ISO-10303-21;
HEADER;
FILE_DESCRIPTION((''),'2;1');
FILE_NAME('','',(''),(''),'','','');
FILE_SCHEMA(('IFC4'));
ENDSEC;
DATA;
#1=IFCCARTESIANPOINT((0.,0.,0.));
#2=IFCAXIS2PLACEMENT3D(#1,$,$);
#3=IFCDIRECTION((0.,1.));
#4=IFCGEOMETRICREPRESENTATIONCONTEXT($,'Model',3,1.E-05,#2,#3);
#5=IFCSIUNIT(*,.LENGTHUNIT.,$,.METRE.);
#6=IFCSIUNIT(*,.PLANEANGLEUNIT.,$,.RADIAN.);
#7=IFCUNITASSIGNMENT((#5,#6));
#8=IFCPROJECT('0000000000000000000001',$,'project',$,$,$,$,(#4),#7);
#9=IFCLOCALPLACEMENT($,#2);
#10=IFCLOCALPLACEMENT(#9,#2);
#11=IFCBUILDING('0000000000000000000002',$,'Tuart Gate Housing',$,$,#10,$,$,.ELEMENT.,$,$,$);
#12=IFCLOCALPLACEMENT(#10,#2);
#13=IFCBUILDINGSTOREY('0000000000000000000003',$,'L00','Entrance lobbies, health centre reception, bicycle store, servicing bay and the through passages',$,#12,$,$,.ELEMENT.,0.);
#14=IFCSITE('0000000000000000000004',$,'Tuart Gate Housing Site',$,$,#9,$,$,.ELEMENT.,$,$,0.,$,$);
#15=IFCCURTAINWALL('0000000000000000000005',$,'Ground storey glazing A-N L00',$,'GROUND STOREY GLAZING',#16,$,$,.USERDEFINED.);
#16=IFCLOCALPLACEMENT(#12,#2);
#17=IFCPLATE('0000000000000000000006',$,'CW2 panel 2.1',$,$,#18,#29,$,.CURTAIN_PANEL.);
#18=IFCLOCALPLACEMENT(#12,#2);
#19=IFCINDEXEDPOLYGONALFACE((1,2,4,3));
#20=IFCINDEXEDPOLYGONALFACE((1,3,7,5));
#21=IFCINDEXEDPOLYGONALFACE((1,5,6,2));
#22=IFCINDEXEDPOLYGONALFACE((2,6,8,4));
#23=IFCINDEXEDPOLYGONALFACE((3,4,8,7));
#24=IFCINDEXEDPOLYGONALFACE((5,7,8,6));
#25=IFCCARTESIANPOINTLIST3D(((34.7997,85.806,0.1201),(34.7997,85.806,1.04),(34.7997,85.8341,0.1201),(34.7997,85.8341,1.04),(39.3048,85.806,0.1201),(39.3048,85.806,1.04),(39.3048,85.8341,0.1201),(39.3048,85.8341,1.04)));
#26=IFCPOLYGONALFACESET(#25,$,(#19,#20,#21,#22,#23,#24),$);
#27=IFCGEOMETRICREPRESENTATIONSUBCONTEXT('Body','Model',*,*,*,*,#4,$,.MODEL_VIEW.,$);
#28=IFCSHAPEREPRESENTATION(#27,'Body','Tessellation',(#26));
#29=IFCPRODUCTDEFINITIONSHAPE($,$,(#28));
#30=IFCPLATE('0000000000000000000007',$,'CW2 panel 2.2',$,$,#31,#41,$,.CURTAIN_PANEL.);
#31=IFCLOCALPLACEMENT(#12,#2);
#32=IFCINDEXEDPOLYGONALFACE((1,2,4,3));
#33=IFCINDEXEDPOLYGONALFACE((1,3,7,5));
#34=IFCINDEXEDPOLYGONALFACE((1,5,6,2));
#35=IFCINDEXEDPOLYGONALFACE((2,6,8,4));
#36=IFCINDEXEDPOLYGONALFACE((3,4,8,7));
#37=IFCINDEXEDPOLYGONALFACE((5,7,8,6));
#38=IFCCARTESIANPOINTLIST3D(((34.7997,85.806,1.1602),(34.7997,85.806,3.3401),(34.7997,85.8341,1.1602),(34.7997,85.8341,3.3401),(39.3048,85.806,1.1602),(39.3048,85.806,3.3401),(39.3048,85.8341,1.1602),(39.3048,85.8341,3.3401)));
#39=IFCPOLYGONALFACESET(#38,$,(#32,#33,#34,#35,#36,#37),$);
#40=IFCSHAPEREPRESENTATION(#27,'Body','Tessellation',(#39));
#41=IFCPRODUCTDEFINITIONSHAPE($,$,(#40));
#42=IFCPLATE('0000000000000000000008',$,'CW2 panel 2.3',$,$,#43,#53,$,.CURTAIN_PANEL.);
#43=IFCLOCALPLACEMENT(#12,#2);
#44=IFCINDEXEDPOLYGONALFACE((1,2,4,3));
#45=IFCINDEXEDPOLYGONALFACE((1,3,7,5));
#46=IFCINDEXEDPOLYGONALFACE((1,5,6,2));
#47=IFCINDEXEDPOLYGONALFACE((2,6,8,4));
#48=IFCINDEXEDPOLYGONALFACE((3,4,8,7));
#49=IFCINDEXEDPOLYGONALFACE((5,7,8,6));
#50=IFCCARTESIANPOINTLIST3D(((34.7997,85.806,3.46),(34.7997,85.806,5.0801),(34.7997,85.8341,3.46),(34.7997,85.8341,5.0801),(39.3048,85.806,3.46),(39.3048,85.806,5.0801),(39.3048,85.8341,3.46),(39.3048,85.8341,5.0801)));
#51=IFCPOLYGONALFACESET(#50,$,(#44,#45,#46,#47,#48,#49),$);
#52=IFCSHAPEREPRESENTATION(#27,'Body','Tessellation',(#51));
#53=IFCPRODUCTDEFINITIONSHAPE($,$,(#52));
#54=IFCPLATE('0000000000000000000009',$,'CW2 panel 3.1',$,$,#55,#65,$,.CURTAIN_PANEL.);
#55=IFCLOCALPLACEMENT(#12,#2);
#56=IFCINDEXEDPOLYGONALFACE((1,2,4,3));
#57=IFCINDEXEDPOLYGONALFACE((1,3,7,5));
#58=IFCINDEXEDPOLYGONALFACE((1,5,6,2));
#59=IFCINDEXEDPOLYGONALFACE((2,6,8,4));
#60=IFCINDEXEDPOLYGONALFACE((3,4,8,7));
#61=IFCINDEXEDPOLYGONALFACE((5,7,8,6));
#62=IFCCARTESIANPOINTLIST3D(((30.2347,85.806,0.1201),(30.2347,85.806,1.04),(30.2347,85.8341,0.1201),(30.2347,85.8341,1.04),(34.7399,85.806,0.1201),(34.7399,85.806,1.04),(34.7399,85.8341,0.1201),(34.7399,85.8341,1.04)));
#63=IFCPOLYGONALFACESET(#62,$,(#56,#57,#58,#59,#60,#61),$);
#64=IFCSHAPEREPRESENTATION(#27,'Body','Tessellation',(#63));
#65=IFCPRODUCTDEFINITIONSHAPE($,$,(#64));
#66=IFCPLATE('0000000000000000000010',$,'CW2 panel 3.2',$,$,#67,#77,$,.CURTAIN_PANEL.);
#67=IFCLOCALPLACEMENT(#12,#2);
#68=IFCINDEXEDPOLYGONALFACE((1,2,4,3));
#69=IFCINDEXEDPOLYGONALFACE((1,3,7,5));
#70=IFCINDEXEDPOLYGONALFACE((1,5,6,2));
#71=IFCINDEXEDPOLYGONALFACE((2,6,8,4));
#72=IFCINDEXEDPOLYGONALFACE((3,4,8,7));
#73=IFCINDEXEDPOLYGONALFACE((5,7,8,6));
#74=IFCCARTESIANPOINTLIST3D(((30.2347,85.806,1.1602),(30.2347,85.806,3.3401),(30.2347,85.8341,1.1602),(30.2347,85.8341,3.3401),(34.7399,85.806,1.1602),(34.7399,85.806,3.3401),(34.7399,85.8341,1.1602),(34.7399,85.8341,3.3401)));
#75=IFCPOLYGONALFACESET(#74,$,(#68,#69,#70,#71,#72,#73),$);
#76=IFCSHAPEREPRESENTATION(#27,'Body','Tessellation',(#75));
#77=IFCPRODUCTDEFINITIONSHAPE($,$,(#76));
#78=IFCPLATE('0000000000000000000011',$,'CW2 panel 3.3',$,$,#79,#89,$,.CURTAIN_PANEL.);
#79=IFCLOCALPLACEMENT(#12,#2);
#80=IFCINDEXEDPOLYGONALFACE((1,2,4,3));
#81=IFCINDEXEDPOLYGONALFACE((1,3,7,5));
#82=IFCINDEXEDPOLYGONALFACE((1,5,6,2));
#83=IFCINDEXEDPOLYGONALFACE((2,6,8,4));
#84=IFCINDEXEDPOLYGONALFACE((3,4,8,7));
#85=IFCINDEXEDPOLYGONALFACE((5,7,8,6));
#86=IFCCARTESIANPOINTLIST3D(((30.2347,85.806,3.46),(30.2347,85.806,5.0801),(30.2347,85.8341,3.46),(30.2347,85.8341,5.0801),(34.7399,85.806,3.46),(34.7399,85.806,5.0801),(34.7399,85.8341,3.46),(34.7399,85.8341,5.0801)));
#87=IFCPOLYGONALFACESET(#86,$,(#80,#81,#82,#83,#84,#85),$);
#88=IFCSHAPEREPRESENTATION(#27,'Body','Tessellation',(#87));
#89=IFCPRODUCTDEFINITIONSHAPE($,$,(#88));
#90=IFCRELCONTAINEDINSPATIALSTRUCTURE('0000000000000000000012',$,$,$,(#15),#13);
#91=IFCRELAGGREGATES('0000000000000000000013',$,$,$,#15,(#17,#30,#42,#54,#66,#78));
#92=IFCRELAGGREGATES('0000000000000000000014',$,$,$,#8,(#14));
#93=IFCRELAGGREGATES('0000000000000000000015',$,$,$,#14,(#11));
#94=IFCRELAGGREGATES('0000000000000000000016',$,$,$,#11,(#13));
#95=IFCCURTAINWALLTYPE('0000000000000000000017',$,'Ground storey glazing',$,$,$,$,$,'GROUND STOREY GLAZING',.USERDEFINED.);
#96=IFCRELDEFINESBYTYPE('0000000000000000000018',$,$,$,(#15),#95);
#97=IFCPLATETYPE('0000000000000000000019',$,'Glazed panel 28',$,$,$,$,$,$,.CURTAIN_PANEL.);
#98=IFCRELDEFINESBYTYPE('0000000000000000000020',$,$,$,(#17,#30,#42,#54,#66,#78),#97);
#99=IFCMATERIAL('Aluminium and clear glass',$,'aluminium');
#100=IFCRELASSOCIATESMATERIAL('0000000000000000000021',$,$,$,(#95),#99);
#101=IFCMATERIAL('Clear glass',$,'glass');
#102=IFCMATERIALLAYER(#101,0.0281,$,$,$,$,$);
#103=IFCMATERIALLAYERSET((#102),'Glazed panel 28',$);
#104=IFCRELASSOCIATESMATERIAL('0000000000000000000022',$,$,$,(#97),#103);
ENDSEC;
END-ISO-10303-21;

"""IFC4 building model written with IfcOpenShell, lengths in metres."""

from ifc_helpers import new_model, si_unit, direction, frame, origin, origin_2d, place, context, subcontext, project, spatial, rectangle, extrude, material, layer, layer_set, type_object, element, aggregate, save


model = new_model("IFC4")

# Units and contexts
model_context = context("Model", 3, precision=1e-05, world=origin(), true_north=direction((0.0, 1.0)))
body_context = subcontext(model_context, "Body", "Model", "MODEL_VIEW")
ifc_project = project(units=[si_unit("LENGTHUNIT", "METRE"), si_unit("PLANEANGLEUNIT", "RADIAN")], contexts=[model_context])

# Site, building, storey
site_placement = place(None, origin())
site = spatial("IfcSite", under=ifc_project, at=site_placement, Name="Tuart Gate Housing Site", CompositionType="ELEMENT", RefElevation=0.0)
building_placement = place(site_placement, origin())
building = spatial("IfcBuilding", under=site, at=building_placement, Name="Tuart Gate Housing", CompositionType="ELEMENT")
storey_placement = place(building_placement, origin())
storey = spatial("IfcBuildingStorey", under=building, at=storey_placement, Name="L00", Description="Entrance lobbies, health centre reception, bicycle store, servicing bay and the through passages", CompositionType="ELEMENT", Elevation=0.0)

# Curtain wall, plates
ifc_material_1 = material(Name="Aluminium and clear glass", Category="aluminium")
curtain_wall_type = type_object("IfcCurtainWallType", Name="Ground storey glazing", ElementType="GROUND STOREY GLAZING", PredefinedType="USERDEFINED", material=ifc_material_1)
curtain_wall_placement = place(storey_placement, origin())
curtain_wall = element("IfcCurtainWall", 1, at=curtain_wall_placement, inside=storey, type_object=curtain_wall_type, Name="Ground storey glazing A-N L00", ObjectType="GROUND STOREY GLAZING", PredefinedType="USERDEFINED")
ifc_material_2 = material(Name="Clear glass", Category="glass")
ifc_layer = layer(ifc_material_2, 0.0281)
ifc_layer_set = layer_set([ifc_layer], Name="Glazed panel 28")
plate_type = type_object("IfcPlateType", Name="Glazed panel 28", PredefinedType="CURTAIN_PANEL", material=ifc_layer_set)
plate_1_placement = place(storey_placement, frame((37.0522, 85.8201, 0.1201), z_axis=(0.0, 0.0, 1.0), x_axis=(-1.0, 0.0, 0.0)))
plate_1 = element("IfcPlate", 2, at=plate_1_placement, type_object=plate_type, Name="CW2 panel 2.1", PredefinedType="CURTAIN_PANEL", context=body_context, shape_type="SweptSolid", body=[
    extrude(rectangle(XDim=4.5051, YDim=0.0281, at=origin_2d()), origin(), (0.0, 0.0, 1.0), 0.9199),
])
plate_2_placement = place(storey_placement, frame((37.0522, 85.8201, 1.1602), z_axis=(0.0, 0.0, 1.0), x_axis=(-1.0, 0.0, 0.0)))
plate_2 = element("IfcPlate", 3, at=plate_2_placement, type_object=plate_type, Name="CW2 panel 2.2", PredefinedType="CURTAIN_PANEL", context=body_context, shape_type="SweptSolid", body=[
    extrude(rectangle(XDim=4.5051, YDim=0.0281, at=origin_2d()), origin(), (0.0, 0.0, 1.0), 2.1799),
])
plate_3_placement = place(storey_placement, frame((37.0522, 85.8201, 3.46), z_axis=(0.0, 0.0, 1.0), x_axis=(-1.0, 0.0, 0.0)))
plate_3 = element("IfcPlate", 4, at=plate_3_placement, type_object=plate_type, Name="CW2 panel 2.3", PredefinedType="CURTAIN_PANEL", context=body_context, shape_type="SweptSolid", body=[
    extrude(rectangle(XDim=4.5051, YDim=0.0281, at=origin_2d()), origin(), (0.0, 0.0, 1.0), 1.6201),
])
plate_4_placement = place(storey_placement, frame((32.4873, 85.8201, 0.1201), z_axis=(0.0, 0.0, 1.0), x_axis=(-1.0, 0.0, 0.0)))
plate_4 = element("IfcPlate", 5, at=plate_4_placement, type_object=plate_type, Name="CW2 panel 3.1", PredefinedType="CURTAIN_PANEL", context=body_context, shape_type="SweptSolid", body=[
    extrude(rectangle(XDim=4.5051, YDim=0.0281, at=origin_2d()), origin(), (0.0, 0.0, 1.0), 0.9199),
])
plate_5_placement = place(storey_placement, frame((32.4873, 85.8201, 1.1602), z_axis=(0.0, 0.0, 1.0), x_axis=(-1.0, 0.0, 0.0)))
plate_5 = element("IfcPlate", 6, at=plate_5_placement, type_object=plate_type, Name="CW2 panel 3.2", PredefinedType="CURTAIN_PANEL", context=body_context, shape_type="SweptSolid", body=[
    extrude(rectangle(XDim=4.5051, YDim=0.0281, at=origin_2d()), origin(), (0.0, 0.0, 1.0), 2.1799),
])
plate_6_placement = place(storey_placement, frame((32.4873, 85.8201, 3.46), z_axis=(0.0, 0.0, 1.0), x_axis=(-1.0, 0.0, 0.0)))
plate_6 = element("IfcPlate", 7, at=plate_6_placement, type_object=plate_type, Name="CW2 panel 3.3", PredefinedType="CURTAIN_PANEL", context=body_context, shape_type="SweptSolid", body=[
    extrude(rectangle(XDim=4.5051, YDim=0.0281, at=origin_2d()), origin(), (0.0, 0.0, 1.0), 1.6201),
])
aggregate(curtain_wall, [plate_1, plate_2, plate_3, plate_4, plate_5, plate_6])

save(model, "model.ifc")
